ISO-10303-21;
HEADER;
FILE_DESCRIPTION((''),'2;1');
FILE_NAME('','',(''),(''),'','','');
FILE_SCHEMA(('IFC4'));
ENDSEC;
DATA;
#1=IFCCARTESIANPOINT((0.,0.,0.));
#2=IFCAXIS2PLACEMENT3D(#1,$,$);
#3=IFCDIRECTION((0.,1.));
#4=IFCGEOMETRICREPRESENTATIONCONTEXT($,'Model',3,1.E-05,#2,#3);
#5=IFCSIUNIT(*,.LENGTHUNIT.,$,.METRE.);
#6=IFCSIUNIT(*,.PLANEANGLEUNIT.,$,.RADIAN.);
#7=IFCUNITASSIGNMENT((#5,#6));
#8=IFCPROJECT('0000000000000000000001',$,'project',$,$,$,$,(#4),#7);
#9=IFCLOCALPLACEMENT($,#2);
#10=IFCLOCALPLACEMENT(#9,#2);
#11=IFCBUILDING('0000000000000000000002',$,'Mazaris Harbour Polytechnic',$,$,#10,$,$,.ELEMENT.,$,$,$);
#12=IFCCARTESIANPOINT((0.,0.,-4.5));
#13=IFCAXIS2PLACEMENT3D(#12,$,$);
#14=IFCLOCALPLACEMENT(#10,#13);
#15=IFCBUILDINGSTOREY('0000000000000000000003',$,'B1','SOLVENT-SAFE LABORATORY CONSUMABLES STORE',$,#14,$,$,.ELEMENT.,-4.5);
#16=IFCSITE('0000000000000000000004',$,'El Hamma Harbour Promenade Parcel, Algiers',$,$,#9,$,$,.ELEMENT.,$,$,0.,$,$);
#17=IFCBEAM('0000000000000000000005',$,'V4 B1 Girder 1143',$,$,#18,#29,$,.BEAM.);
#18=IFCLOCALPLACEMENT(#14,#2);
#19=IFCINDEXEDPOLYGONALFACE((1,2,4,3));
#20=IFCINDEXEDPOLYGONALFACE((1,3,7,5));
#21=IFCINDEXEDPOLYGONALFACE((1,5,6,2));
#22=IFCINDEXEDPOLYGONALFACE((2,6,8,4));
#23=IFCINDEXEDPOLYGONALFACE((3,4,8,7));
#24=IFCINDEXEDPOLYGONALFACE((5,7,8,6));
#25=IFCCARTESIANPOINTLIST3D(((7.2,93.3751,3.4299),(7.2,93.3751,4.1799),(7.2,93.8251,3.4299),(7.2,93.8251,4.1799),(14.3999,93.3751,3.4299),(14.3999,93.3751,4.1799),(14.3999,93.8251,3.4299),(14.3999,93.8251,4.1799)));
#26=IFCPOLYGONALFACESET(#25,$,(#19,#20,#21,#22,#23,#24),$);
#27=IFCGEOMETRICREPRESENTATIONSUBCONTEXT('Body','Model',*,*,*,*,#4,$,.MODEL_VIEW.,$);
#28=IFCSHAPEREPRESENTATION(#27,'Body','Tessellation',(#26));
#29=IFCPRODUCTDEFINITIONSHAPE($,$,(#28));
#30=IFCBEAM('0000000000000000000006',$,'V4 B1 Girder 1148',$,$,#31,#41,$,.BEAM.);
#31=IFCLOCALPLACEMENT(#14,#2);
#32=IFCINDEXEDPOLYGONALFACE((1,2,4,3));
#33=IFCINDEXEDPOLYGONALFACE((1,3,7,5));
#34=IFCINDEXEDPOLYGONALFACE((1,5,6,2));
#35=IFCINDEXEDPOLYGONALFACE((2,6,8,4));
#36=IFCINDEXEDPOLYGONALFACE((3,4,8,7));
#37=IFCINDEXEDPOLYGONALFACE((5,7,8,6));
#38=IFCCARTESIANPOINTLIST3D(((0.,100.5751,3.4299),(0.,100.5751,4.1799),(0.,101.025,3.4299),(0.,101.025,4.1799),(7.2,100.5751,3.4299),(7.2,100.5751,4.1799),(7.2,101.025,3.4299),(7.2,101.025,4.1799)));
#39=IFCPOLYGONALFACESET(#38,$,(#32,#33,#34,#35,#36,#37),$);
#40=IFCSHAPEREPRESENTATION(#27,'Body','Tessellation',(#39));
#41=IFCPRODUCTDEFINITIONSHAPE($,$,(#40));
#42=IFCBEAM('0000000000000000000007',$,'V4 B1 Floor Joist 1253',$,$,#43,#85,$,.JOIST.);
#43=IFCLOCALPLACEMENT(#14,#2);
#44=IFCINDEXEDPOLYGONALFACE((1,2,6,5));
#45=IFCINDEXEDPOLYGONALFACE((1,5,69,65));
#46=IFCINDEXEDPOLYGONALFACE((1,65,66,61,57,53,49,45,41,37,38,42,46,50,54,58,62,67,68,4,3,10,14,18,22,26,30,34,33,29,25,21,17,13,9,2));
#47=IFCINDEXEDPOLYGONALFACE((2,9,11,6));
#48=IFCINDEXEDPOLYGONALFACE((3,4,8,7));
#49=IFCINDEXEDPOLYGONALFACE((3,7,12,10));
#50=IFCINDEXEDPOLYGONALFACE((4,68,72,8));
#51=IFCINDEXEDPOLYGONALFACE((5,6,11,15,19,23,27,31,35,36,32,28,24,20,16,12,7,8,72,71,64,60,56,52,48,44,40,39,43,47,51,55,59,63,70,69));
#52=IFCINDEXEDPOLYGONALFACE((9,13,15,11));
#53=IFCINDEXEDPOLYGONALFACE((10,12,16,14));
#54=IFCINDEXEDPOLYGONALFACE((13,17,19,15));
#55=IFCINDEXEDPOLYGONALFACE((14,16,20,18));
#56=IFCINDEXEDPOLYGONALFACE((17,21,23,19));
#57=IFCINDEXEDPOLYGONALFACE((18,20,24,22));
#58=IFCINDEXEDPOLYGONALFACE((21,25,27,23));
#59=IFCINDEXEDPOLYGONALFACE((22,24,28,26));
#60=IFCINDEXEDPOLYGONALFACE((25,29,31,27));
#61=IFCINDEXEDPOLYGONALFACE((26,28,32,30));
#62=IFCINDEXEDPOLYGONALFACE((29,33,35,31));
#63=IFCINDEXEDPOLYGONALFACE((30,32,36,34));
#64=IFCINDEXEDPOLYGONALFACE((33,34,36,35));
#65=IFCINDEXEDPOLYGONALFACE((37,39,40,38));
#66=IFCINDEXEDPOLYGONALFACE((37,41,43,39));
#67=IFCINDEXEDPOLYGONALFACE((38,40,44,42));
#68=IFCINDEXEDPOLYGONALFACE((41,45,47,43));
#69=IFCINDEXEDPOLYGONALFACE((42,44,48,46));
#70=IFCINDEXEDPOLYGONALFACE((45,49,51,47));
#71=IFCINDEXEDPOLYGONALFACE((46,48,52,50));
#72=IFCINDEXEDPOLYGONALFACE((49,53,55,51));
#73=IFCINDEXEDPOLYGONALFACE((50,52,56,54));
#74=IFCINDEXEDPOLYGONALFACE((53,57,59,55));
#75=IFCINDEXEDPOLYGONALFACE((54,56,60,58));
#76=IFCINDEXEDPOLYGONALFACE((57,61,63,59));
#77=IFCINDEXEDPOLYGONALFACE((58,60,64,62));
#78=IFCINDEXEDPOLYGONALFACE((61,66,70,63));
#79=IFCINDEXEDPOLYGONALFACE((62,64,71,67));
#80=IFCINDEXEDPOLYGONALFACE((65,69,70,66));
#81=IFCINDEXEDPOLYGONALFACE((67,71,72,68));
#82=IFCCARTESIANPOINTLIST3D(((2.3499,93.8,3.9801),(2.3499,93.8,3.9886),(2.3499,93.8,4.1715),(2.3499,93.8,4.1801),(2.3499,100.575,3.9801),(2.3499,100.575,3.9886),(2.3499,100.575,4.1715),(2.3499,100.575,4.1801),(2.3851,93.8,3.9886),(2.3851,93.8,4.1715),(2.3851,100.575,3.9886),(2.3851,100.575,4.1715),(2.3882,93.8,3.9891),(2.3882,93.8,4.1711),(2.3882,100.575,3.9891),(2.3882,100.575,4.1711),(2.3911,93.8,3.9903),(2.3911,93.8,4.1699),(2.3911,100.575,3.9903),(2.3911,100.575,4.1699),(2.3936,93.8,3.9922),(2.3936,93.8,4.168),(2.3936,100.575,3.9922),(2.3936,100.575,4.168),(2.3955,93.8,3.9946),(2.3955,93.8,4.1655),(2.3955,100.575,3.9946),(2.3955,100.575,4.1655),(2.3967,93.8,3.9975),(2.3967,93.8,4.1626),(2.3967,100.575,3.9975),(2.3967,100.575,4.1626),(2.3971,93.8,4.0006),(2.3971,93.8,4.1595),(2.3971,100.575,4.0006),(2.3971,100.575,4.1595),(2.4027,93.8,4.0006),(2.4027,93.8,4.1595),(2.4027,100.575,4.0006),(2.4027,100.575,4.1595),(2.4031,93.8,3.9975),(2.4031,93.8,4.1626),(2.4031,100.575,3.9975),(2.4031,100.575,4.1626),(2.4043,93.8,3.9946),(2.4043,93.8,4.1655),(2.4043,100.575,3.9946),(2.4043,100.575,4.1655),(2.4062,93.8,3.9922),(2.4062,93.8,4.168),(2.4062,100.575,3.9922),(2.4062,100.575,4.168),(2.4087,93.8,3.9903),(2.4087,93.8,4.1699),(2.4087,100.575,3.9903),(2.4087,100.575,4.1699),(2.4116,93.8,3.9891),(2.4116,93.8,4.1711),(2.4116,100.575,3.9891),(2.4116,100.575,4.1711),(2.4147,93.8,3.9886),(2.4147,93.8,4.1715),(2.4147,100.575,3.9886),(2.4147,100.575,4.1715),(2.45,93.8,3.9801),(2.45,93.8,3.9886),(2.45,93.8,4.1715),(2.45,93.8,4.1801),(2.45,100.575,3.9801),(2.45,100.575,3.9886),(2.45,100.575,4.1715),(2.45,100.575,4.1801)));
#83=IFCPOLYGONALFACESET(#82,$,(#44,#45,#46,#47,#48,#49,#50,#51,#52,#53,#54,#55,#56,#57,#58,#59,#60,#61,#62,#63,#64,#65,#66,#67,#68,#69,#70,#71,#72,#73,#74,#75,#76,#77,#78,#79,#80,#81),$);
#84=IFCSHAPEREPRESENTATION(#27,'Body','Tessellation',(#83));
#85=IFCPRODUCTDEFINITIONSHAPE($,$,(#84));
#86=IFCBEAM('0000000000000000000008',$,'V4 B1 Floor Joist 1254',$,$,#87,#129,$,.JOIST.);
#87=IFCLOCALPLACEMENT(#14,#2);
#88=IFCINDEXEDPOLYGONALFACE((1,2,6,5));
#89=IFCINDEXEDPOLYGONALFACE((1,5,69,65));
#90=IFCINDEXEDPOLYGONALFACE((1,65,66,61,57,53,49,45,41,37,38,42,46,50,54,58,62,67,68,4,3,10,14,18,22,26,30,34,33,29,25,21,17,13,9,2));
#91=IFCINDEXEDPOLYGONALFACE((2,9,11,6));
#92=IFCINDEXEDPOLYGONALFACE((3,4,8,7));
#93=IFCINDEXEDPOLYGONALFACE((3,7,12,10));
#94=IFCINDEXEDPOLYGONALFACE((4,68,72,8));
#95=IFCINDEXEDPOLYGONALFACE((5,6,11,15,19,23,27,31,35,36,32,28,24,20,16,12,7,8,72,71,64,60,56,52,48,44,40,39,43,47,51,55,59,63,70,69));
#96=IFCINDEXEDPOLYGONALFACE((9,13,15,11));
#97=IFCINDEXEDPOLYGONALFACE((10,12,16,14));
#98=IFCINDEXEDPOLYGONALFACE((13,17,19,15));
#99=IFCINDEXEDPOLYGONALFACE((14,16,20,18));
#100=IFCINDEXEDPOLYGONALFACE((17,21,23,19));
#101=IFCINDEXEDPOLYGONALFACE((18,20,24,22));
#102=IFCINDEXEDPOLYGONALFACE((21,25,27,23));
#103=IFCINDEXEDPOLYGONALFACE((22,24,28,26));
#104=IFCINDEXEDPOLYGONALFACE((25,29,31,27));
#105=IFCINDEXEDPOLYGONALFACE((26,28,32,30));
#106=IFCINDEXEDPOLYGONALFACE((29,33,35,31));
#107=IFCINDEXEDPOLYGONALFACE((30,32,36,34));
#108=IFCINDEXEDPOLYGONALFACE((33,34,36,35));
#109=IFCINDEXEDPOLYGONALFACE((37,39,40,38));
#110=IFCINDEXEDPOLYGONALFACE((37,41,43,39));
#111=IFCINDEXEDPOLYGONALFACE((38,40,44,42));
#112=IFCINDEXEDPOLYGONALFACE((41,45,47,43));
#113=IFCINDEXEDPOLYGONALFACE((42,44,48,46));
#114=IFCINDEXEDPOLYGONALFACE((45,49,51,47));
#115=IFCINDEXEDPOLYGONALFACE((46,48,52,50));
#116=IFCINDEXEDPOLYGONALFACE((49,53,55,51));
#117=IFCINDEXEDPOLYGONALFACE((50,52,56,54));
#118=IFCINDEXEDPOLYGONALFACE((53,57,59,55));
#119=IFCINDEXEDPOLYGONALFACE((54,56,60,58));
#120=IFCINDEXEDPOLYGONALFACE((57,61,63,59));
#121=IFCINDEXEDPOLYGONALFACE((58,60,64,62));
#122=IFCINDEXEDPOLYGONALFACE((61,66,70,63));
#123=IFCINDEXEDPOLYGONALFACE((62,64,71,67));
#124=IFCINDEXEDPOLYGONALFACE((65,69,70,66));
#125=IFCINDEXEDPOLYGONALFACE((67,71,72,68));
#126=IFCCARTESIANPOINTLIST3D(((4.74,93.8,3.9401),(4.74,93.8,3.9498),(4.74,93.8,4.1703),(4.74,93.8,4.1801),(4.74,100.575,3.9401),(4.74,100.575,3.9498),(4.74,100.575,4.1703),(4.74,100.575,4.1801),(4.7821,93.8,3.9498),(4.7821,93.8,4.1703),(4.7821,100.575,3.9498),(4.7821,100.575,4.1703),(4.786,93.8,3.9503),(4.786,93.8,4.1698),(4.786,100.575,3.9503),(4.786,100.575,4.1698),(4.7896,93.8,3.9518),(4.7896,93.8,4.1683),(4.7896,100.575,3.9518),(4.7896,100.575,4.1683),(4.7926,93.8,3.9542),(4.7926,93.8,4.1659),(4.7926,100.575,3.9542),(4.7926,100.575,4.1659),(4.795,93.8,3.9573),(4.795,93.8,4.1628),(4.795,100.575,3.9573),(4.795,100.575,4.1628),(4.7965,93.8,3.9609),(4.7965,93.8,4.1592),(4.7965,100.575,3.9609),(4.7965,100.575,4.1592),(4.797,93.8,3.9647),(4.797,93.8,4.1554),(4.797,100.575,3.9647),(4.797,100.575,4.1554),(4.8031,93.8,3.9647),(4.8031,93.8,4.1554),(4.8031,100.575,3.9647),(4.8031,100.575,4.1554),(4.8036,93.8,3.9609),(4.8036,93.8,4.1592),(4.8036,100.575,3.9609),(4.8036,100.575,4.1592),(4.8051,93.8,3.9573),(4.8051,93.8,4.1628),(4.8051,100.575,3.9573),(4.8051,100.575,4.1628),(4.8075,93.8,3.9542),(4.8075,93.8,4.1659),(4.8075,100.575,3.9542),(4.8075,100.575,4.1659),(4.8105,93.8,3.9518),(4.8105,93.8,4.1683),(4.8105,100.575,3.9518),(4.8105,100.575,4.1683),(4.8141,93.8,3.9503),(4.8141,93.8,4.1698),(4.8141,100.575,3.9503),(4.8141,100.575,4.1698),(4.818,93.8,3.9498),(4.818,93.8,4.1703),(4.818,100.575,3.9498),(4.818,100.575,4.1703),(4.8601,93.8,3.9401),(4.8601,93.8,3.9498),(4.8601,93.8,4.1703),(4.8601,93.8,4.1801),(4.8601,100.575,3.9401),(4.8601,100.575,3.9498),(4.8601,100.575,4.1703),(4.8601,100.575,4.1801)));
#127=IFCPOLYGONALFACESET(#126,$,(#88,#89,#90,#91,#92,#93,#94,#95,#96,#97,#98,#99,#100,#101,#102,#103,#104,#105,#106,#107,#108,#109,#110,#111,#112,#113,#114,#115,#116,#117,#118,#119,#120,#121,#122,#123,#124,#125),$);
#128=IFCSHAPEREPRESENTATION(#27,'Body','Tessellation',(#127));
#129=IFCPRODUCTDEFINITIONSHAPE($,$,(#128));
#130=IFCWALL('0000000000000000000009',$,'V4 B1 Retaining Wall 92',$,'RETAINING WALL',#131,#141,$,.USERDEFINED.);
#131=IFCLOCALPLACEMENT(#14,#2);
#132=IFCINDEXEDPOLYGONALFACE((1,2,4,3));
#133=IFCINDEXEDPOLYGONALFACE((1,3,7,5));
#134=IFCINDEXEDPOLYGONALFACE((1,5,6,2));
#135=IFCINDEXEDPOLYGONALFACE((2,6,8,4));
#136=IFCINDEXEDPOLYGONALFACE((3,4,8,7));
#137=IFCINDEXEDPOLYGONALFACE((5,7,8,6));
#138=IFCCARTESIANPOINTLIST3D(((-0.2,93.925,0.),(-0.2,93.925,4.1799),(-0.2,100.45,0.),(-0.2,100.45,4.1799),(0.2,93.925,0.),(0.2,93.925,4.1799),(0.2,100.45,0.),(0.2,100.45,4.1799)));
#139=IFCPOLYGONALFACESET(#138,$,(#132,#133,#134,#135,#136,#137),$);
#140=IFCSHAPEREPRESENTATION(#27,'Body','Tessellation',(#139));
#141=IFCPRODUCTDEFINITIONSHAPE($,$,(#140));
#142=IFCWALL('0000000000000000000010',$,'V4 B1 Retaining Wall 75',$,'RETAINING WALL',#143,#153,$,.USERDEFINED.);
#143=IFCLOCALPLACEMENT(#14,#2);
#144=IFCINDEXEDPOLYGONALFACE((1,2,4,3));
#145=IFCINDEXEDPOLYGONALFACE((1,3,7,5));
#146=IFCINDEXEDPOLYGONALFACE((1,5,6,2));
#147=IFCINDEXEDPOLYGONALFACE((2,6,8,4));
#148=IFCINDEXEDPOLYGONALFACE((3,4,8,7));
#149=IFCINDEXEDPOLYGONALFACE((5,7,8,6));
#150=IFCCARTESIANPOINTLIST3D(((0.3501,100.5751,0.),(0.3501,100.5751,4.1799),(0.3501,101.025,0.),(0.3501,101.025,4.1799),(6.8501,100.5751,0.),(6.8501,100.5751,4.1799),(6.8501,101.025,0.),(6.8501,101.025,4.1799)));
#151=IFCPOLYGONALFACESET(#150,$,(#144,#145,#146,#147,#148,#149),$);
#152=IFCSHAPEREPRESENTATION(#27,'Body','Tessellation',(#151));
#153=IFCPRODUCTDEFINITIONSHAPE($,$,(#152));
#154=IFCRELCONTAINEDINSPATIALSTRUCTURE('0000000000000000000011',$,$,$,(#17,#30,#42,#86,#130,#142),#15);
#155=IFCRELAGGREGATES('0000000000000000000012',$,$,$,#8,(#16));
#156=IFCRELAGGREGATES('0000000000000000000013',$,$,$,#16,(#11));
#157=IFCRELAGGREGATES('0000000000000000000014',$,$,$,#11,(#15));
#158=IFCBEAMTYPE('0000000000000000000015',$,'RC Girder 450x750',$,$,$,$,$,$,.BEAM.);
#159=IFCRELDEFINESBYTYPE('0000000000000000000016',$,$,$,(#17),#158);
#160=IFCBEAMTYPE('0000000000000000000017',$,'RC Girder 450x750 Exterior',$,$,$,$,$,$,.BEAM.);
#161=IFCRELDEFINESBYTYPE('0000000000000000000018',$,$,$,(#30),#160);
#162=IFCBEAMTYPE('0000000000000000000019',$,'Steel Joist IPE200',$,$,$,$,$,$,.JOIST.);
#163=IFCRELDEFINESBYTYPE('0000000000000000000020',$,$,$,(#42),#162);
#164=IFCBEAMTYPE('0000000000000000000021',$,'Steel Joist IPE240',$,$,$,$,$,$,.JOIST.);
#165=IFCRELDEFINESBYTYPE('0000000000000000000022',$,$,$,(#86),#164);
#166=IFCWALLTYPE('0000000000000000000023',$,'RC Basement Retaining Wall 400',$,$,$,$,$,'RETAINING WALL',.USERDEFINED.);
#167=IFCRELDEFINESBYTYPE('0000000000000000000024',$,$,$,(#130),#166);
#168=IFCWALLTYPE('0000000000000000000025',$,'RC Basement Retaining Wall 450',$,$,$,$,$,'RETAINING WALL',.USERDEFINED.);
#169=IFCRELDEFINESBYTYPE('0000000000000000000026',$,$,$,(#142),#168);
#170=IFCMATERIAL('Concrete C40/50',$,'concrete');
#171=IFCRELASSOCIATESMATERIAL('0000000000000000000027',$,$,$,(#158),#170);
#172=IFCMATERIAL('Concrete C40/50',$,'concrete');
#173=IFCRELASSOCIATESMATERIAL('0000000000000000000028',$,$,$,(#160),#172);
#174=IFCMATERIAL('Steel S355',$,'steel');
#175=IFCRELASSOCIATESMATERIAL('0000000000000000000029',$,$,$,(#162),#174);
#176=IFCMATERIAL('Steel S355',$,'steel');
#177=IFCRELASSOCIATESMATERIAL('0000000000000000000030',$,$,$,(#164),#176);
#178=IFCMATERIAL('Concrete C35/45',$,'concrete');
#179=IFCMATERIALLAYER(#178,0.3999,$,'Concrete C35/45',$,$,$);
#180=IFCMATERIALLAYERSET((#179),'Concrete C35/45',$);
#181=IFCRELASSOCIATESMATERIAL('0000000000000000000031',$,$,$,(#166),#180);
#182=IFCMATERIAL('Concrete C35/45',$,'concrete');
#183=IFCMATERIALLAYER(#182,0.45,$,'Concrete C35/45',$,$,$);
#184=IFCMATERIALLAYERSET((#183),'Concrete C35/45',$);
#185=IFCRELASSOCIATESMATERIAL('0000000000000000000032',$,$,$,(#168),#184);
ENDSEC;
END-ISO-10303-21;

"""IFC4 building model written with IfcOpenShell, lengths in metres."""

from ifc_helpers import new_model, si_unit, direction, frame, frame_2d, origin, origin_2d, place, context, subcontext, project, spatial, rectangle, i_section, extrude, material, layer, layer_set, material_profile, profile_set, type_object, element, save


model = new_model("IFC4")

# Units and contexts
model_context = context("Model", 3, precision=1e-05, world=origin(), true_north=direction((0.0, 1.0)))
body_context = subcontext(model_context, "Body", "Model", "MODEL_VIEW")
ifc_project = project(units=[si_unit("LENGTHUNIT", "METRE"), si_unit("PLANEANGLEUNIT", "RADIAN")], contexts=[model_context])

# Site, building, storey
site_placement = place(None, origin())
site = spatial("IfcSite", under=ifc_project, at=site_placement, Name="El Hamma Harbour Promenade Parcel, Algiers", CompositionType="ELEMENT", RefElevation=0.0)
building_placement = place(site_placement, origin())
building = spatial("IfcBuilding", under=site, at=building_placement, Name="Mazaris Harbour Polytechnic", CompositionType="ELEMENT")
storey_placement = place(building_placement, frame((0.0, 0.0, -4.5)))
storey = spatial("IfcBuildingStorey", under=building, at=storey_placement, Name="B1", Description="SOLVENT-SAFE LABORATORY CONSUMABLES STORE", CompositionType="ELEMENT", Elevation=-4.5)

# Beams
ifc_material_1 = material(Name="Concrete C40/50", Category="concrete")
ifc_material_profile_1 = material_profile(ifc_material_1, rectangle(XDim=0.45, YDim=0.75, at=origin_2d()), Name="RECT450x750")
ifc_profile_set_1 = profile_set([ifc_material_profile_1], Name="Concrete C40/50")
beam_type_1 = type_object("IfcBeamType", Name="RC Girder 450x750", PredefinedType="BEAM", material=ifc_profile_set_1)
beam_1_placement = place(storey_placement, frame((7.2, 93.6001, 3.8049), z_axis=(1.0, 0.0, 0.0), x_axis=(0.0, 1.0, 0.0)))
element("IfcBeam", 1, at=beam_1_placement, inside=storey, type_object=beam_type_1, Name="V4 B1 Girder 1143", PredefinedType="BEAM", context=body_context, shape_type="SweptSolid", body=[
    extrude(rectangle(XDim=0.45, YDim=0.75, at=origin_2d()), origin(), (0.0, 0.0, 1.0), 7.2),
])
ifc_material_2 = material(Name="Concrete C40/50", Category="concrete")
ifc_material_profile_2 = material_profile(ifc_material_2, rectangle(XDim=0.45, YDim=0.75, at=origin_2d()), Name="RECT450x750")
ifc_profile_set_2 = profile_set([ifc_material_profile_2], Name="Concrete C40/50")
beam_type_2 = type_object("IfcBeamType", Name="RC Girder 450x750 Exterior", PredefinedType="BEAM", material=ifc_profile_set_2)
beam_2_placement = place(storey_placement, frame((0.0, 100.8, 3.8049), z_axis=(1.0, 0.0, 0.0), x_axis=(0.0, 1.0, 0.0)))
element("IfcBeam", 2, at=beam_2_placement, inside=storey, type_object=beam_type_2, Name="V4 B1 Girder 1148", PredefinedType="BEAM", context=body_context, shape_type="SweptSolid", body=[
    extrude(rectangle(XDim=0.45, YDim=0.75, at=origin_2d()), origin(), (0.0, 0.0, 1.0), 7.2),
])
ifc_material_3 = material(Name="Steel S355", Category="steel")
ifc_material_profile_3 = material_profile(ifc_material_3, i_section(OverallWidth=0.1001, OverallDepth=0.2, WebThickness=0.0056, FlangeThickness=0.0085, FilletRadius=0.012, at=origin_2d()), Name="IPE 200")
ifc_profile_set_3 = profile_set([ifc_material_profile_3], Name="Steel S355")
beam_type_3 = type_object("IfcBeamType", Name="Steel Joist IPE200", PredefinedType="JOIST", material=ifc_profile_set_3)
beam_3_placement = place(storey_placement, frame((2.3999, 93.8, 4.0801), z_axis=(0.0, 1.0, 0.0), x_axis=(-1.0, 0.0, 0.0)))
element("IfcBeam", 3, at=beam_3_placement, inside=storey, type_object=beam_type_3, Name="V4 B1 Floor Joist 1253", PredefinedType="JOIST", context=body_context, shape_type="SweptSolid", body=[
    extrude(i_section(OverallWidth=0.1001, OverallDepth=0.2, WebThickness=0.0056, FlangeThickness=0.0085, FilletRadius=0.012, at=origin_2d()), origin(), (0.0, 0.0, 1.0), 6.7749),
])
ifc_material_4 = material(Name="Steel S355", Category="steel")
ifc_material_profile_4 = material_profile(ifc_material_4, i_section(OverallWidth=0.1201, OverallDepth=0.24, WebThickness=0.0061, FlangeThickness=0.0098, FilletRadius=0.0149, at=origin_2d()), Name="IPE 240")
ifc_profile_set_4 = profile_set([ifc_material_profile_4], Name="Steel S355")
beam_type_4 = type_object("IfcBeamType", Name="Steel Joist IPE240", PredefinedType="JOIST", material=ifc_profile_set_4)
beam_4_placement = place(storey_placement, frame((4.8, 93.8, 4.0601), z_axis=(0.0, 1.0, 0.0), x_axis=(-1.0, 0.0, 0.0)))
element("IfcBeam", 4, at=beam_4_placement, inside=storey, type_object=beam_type_4, Name="V4 B1 Floor Joist 1254", PredefinedType="JOIST", context=body_context, shape_type="SweptSolid", body=[
    extrude(i_section(OverallWidth=0.1201, OverallDepth=0.24, WebThickness=0.0061, FlangeThickness=0.0098, FilletRadius=0.0149, at=origin_2d()), origin(), (0.0, 0.0, 1.0), 6.7749),
])

# Walls
ifc_material_5 = material(Name="Concrete C35/45", Category="concrete")
ifc_layer_1 = layer(ifc_material_5, 0.3999, Name="Concrete C35/45")
ifc_layer_set_1 = layer_set([ifc_layer_1], Name="Concrete C35/45")
wall_type_1 = type_object("IfcWallType", Name="RC Basement Retaining Wall 400", ElementType="RETAINING WALL", PredefinedType="USERDEFINED", material=ifc_layer_set_1)
wall_1_placement = place(storey_placement, frame((0.0, 93.925, 0.0), z_axis=(0.0, 0.0, 1.0), x_axis=(0.0, 1.0, 0.0)))
element("IfcWall", 5, at=wall_1_placement, inside=storey, type_object=wall_type_1, Name="V4 B1 Retaining Wall 92", ObjectType="RETAINING WALL", PredefinedType="USERDEFINED", context=body_context, shape_type="SweptSolid", body=[
    extrude(rectangle(XDim=6.5249, YDim=0.3999, at=frame_2d((3.2625, 0.0))), origin(), (0.0, 0.0, 1.0), 4.1799),
])
ifc_material_6 = material(Name="Concrete C35/45", Category="concrete")
ifc_layer_2 = layer(ifc_material_6, 0.45, Name="Concrete C35/45")
ifc_layer_set_2 = layer_set([ifc_layer_2], Name="Concrete C35/45")
wall_type_2 = type_object("IfcWallType", Name="RC Basement Retaining Wall 450", ElementType="RETAINING WALL", PredefinedType="USERDEFINED", material=ifc_layer_set_2)
wall_2_placement = place(storey_placement, frame((0.3501, 100.8, 0.0), z_axis=(0.0, 0.0, 1.0), x_axis=(1.0, 0.0, 0.0)))
element("IfcWall", 6, at=wall_2_placement, inside=storey, type_object=wall_type_2, Name="V4 B1 Retaining Wall 75", ObjectType="RETAINING WALL", PredefinedType="USERDEFINED", context=body_context, shape_type="SweptSolid", body=[
    extrude(rectangle(XDim=6.5, YDim=0.45, at=frame_2d((3.25, 0.0))), origin(), (0.0, 0.0, 1.0), 4.1799),
])

save(model, "model.ifc")
